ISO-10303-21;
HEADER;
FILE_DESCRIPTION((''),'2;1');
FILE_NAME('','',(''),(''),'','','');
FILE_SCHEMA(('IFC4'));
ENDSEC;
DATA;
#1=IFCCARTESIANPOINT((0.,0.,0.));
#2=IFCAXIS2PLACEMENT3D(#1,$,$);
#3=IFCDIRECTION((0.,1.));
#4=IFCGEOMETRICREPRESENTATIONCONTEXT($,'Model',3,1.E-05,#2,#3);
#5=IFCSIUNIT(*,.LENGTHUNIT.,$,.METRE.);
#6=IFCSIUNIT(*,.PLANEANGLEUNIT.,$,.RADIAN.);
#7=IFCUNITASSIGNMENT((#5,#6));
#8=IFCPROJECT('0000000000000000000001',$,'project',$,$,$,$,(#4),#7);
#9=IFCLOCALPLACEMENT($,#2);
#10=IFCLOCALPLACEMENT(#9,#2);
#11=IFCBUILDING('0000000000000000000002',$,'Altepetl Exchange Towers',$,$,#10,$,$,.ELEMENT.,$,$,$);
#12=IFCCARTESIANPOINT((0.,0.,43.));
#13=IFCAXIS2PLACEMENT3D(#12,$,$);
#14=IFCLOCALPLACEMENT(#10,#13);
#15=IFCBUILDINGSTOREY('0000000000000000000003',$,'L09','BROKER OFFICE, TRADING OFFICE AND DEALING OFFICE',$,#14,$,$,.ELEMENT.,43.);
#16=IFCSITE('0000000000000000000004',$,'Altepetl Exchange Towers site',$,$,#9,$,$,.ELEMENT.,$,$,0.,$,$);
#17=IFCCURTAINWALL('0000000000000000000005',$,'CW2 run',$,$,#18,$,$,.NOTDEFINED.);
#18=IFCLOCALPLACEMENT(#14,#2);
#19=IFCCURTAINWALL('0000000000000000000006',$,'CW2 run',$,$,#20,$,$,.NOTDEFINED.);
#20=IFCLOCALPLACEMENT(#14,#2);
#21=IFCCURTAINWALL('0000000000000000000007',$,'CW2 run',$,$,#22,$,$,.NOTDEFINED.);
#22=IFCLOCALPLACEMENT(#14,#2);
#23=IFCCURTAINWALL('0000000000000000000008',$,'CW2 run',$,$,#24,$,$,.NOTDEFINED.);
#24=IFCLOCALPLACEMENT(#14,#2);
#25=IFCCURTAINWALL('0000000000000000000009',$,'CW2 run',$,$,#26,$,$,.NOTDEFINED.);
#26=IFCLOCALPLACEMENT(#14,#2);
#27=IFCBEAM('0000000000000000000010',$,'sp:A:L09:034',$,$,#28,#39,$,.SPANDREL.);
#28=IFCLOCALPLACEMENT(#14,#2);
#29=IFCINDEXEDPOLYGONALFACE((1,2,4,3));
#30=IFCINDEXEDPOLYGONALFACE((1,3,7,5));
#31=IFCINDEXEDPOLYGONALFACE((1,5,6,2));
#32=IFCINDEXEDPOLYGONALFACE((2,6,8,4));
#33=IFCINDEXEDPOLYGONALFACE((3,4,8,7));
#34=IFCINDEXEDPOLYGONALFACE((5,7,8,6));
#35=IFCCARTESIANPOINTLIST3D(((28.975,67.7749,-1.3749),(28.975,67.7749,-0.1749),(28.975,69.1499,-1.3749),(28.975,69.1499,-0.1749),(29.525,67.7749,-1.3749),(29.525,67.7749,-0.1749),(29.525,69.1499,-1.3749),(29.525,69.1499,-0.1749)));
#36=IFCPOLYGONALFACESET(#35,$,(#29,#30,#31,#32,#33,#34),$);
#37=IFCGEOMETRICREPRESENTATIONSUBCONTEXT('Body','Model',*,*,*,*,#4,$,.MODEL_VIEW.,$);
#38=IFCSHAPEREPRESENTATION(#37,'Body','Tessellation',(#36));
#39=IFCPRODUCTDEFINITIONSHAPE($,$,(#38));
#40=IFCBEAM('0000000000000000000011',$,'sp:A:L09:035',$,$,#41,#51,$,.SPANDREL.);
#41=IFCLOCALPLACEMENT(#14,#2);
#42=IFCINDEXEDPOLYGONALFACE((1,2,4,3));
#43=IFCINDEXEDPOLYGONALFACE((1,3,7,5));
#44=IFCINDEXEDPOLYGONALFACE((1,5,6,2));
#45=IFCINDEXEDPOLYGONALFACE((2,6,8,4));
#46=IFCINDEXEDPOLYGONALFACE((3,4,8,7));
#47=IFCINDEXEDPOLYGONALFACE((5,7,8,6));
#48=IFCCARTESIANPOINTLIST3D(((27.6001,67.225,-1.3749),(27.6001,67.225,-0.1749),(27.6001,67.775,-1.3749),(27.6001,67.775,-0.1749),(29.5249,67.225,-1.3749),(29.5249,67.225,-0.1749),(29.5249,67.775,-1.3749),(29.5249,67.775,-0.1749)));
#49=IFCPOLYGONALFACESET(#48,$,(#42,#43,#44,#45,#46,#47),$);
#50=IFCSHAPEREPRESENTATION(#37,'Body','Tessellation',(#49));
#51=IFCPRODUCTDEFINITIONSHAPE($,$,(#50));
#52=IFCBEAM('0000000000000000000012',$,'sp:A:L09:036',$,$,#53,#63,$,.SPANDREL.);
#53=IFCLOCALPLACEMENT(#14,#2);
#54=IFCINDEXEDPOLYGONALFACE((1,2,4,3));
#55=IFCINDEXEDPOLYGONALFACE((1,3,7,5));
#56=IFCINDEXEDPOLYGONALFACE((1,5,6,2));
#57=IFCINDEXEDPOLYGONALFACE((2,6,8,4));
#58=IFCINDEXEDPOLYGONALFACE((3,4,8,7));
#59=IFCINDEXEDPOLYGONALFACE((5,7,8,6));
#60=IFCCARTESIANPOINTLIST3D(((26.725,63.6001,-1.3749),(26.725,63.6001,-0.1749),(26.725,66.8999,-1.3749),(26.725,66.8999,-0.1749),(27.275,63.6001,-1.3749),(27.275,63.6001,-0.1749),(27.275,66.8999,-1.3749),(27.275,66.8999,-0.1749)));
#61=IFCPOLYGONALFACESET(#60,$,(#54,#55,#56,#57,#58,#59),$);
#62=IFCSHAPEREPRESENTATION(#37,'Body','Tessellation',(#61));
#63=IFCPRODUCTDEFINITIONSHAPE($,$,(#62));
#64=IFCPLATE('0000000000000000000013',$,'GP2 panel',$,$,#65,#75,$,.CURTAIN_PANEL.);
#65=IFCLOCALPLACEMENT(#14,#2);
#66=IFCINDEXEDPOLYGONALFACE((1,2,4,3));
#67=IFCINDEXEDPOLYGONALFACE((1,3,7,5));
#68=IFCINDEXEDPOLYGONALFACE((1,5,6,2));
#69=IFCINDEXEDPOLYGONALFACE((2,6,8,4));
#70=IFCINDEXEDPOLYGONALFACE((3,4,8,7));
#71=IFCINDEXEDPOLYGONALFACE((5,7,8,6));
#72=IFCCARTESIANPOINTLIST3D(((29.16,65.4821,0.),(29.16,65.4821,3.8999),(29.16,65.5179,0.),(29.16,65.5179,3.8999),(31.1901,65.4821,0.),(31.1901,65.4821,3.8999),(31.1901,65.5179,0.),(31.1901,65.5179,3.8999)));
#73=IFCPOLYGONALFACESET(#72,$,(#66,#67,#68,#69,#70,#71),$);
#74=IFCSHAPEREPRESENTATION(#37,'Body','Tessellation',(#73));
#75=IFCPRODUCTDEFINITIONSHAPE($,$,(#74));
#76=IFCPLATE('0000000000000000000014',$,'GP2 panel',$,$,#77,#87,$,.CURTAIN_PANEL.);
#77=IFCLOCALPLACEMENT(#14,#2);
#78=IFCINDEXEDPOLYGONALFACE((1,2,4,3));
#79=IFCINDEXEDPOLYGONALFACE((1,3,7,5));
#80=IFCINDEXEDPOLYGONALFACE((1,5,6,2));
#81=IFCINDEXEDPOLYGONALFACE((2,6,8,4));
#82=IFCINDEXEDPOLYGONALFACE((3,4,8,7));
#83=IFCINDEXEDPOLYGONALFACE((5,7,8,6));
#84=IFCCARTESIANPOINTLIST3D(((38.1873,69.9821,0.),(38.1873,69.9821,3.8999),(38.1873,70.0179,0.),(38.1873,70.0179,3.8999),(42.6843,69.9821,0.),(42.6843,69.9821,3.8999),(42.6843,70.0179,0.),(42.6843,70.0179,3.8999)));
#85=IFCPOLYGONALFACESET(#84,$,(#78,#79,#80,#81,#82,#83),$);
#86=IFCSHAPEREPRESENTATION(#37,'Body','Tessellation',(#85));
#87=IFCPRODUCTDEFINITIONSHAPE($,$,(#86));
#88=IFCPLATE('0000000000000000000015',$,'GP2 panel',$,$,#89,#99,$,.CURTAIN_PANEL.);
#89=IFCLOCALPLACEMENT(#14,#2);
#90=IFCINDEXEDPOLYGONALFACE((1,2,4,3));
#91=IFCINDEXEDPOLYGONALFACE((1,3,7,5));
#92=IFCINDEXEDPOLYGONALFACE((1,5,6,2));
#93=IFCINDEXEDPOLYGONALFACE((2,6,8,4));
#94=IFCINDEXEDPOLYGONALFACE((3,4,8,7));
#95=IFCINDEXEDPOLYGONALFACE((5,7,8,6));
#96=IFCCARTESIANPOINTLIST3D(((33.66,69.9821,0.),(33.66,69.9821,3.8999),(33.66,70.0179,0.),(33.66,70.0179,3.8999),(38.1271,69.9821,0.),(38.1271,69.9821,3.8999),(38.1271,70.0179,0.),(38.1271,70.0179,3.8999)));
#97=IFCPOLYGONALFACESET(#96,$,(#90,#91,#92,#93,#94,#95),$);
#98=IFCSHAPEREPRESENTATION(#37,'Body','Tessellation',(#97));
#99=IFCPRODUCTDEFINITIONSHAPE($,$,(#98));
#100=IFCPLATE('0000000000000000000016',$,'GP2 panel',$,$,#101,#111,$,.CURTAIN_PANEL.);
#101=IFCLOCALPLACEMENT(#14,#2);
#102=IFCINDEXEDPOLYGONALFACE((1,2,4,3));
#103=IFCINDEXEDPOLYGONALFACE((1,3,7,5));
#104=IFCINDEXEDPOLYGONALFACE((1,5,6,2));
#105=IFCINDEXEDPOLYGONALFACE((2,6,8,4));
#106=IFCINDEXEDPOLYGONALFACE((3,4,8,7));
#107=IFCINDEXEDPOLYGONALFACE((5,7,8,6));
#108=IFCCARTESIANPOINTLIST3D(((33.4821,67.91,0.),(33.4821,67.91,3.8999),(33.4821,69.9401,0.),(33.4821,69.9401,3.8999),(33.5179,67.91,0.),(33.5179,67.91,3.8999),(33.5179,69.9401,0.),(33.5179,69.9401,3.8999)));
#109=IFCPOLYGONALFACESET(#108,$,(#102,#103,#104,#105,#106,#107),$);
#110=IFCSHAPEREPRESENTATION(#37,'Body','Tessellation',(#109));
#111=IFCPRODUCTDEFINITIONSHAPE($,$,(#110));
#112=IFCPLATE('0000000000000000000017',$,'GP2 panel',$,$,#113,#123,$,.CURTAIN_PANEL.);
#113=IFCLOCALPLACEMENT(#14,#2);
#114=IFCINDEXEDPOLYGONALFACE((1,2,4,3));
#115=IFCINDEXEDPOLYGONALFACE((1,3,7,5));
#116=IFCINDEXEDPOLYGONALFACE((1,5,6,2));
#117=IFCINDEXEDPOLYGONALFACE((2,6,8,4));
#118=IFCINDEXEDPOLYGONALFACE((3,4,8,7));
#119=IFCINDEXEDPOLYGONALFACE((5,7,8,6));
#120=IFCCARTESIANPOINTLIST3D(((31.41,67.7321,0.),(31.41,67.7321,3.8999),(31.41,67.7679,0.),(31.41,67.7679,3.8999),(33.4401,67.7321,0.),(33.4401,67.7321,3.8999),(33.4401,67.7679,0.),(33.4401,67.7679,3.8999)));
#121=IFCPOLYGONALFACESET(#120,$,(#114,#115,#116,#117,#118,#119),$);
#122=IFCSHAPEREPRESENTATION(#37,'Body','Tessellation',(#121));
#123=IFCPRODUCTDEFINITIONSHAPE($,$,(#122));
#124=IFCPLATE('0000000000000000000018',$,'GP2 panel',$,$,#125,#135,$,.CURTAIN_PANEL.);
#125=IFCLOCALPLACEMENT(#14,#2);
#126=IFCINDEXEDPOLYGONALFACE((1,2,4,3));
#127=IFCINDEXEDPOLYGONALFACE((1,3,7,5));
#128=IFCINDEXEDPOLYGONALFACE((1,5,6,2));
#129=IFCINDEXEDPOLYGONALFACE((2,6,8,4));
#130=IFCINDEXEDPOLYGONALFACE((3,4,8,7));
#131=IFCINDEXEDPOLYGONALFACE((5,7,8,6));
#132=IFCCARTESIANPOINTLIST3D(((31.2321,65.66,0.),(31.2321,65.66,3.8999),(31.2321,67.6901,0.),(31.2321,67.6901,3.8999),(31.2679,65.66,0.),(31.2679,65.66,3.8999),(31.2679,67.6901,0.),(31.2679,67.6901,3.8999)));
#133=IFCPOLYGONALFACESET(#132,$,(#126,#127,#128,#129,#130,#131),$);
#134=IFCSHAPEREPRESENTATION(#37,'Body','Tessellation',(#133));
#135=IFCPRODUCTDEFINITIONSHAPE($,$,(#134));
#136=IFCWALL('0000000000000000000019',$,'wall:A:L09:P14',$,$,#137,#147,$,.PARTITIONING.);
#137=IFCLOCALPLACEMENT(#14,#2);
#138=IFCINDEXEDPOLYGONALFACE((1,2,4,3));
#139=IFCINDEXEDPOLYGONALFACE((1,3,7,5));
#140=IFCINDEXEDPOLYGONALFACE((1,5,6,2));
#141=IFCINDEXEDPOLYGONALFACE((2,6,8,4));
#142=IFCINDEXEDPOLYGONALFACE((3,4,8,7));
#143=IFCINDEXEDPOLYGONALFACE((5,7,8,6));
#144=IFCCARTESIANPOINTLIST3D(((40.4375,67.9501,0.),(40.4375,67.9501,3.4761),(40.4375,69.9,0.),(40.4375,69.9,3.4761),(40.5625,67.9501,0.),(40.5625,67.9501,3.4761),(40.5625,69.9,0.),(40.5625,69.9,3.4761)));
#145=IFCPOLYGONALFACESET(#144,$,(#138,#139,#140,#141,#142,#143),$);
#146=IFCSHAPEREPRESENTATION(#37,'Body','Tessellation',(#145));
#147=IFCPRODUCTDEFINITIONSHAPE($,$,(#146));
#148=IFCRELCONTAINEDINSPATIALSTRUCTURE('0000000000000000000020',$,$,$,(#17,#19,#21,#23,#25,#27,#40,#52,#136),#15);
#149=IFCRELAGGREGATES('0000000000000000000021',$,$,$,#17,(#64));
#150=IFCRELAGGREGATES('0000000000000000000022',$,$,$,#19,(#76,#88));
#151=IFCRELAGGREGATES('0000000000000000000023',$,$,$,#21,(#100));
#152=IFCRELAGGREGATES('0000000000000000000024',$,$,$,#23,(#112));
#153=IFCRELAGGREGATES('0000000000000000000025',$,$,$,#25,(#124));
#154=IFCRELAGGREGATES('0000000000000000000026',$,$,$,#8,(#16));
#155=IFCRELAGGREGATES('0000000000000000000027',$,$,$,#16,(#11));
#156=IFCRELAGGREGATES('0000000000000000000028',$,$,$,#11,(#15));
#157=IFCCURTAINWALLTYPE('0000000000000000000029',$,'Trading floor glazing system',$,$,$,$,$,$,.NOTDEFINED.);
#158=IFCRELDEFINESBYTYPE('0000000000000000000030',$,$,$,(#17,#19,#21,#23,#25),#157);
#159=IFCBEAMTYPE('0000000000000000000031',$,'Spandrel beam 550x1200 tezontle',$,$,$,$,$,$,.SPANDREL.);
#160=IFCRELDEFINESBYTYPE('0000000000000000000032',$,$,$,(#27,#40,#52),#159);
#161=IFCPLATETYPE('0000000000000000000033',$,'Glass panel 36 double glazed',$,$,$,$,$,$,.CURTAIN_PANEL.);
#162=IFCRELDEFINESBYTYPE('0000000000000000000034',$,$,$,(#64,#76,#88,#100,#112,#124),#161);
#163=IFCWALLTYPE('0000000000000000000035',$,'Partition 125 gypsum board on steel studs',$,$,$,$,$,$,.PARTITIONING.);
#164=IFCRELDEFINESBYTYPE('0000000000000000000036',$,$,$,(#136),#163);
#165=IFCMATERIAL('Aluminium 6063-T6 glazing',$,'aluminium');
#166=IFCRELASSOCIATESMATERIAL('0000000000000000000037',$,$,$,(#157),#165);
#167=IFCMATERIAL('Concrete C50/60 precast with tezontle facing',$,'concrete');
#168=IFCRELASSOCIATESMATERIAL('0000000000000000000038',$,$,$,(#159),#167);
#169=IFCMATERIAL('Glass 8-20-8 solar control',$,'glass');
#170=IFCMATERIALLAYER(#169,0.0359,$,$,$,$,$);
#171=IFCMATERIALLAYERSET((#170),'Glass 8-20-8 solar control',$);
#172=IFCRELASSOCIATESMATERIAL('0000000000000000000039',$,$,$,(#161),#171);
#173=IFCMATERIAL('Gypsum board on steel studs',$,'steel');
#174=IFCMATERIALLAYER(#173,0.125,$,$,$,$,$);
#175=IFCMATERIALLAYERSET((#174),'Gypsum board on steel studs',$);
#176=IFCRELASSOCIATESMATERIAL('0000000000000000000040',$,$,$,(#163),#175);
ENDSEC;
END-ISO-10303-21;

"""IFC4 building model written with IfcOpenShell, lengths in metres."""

from ifc_helpers import new_model, si_unit, direction, frame, frame_2d, origin, origin_2d, place, context, subcontext, project, spatial, rectangle, extrude, material, layer, layer_set, material_profile, profile_set, type_object, element, aggregate, save


model = new_model("IFC4")

# Units and contexts
model_context = context("Model", 3, precision=1e-05, world=origin(), true_north=direction((0.0, 1.0)))
body_context = subcontext(model_context, "Body", "Model", "MODEL_VIEW")
ifc_project = project(units=[si_unit("LENGTHUNIT", "METRE"), si_unit("PLANEANGLEUNIT", "RADIAN")], contexts=[model_context])

# Site, building, storey
site_placement = place(None, origin())
site = spatial("IfcSite", under=ifc_project, at=site_placement, Name="Altepetl Exchange Towers site", CompositionType="ELEMENT", RefElevation=0.0)
building_placement = place(site_placement, origin())
building = spatial("IfcBuilding", under=site, at=building_placement, Name="Altepetl Exchange Towers", CompositionType="ELEMENT")
storey_placement = place(building_placement, frame((0.0, 0.0, 43.0)))
storey = spatial("IfcBuildingStorey", under=building, at=storey_placement, Name="L09", Description="BROKER OFFICE, TRADING OFFICE AND DEALING OFFICE", CompositionType="ELEMENT", Elevation=43.0)

# Curtain walls
ifc_material_1 = material(Name="Aluminium 6063-T6 glazing", Category="aluminium")
curtain_wall_type = type_object("IfcCurtainWallType", Name="Trading floor glazing system", PredefinedType="NOTDEFINED", material=ifc_material_1)
curtain_wall_1_placement = place(storey_placement, origin())
curtain_wall_1 = element("IfcCurtainWall", 1, at=curtain_wall_1_placement, inside=storey, type_object=curtain_wall_type, Name="CW2 run", PredefinedType="NOTDEFINED")
curtain_wall_2_placement = place(storey_placement, origin())
curtain_wall_2 = element("IfcCurtainWall", 2, at=curtain_wall_2_placement, inside=storey, type_object=curtain_wall_type, Name="CW2 run", PredefinedType="NOTDEFINED")
curtain_wall_3_placement = place(storey_placement, origin())
curtain_wall_3 = element("IfcCurtainWall", 3, at=curtain_wall_3_placement, inside=storey, type_object=curtain_wall_type, Name="CW2 run", PredefinedType="NOTDEFINED")
curtain_wall_4_placement = place(storey_placement, origin())
curtain_wall_4 = element("IfcCurtainWall", 4, at=curtain_wall_4_placement, inside=storey, type_object=curtain_wall_type, Name="CW2 run", PredefinedType="NOTDEFINED")
curtain_wall_5_placement = place(storey_placement, origin())
curtain_wall_5 = element("IfcCurtainWall", 5, at=curtain_wall_5_placement, inside=storey, type_object=curtain_wall_type, Name="CW2 run", PredefinedType="NOTDEFINED")

# Beams
ifc_material_2 = material(Name="Concrete C50/60 precast with tezontle facing", Category="concrete")
ifc_material_profile_1 = material_profile(ifc_material_2, rectangle(XDim=0.55, YDim=1.2, at=origin_2d()), Name="550 x 1200")
ifc_profile_set_1 = profile_set([ifc_material_profile_1], Name="Concrete C50/60 precast with tezontle facing")
beam_type_1 = type_object("IfcBeamType", Name="Spandrel beam 550x1200 tezontle", PredefinedType="SPANDREL", material=ifc_profile_set_1)
beam_1_placement = place(storey_placement, frame((29.25, 69.1499, -0.7749), z_axis=(0.0, -1.0, 0.0), x_axis=(1.0, 0.0, 0.0)))
element("IfcBeam", 6, at=beam_1_placement, inside=storey, type_object=beam_type_1, Name="sp:A:L09:034", PredefinedType="SPANDREL", context=body_context, shape_type="SweptSolid", body=[
    extrude(rectangle(XDim=0.55, YDim=1.2, at=origin_2d()), origin(), (0.0, 0.0, 1.0), 1.375),
])
beam_2_placement = place(storey_placement, frame((29.5249, 67.5, -0.7749), z_axis=(-1.0, 0.0, 0.0), x_axis=(0.0, -1.0, 0.0)))
element("IfcBeam", 7, at=beam_2_placement, inside=storey, type_object=beam_type_1, Name="sp:A:L09:035", PredefinedType="SPANDREL", context=body_context, shape_type="SweptSolid", body=[
    extrude(rectangle(XDim=0.55, YDim=1.2, at=origin_2d()), origin(), (0.0, 0.0, 1.0), 1.9248),
])
beam_3_placement = place(storey_placement, frame((27.0, 66.8999, -0.7749), z_axis=(0.0, -1.0, 0.0), x_axis=(1.0, 0.0, 0.0)))
element("IfcBeam", 8, at=beam_3_placement, inside=storey, type_object=beam_type_1, Name="sp:A:L09:036", PredefinedType="SPANDREL", context=body_context, shape_type="SweptSolid", body=[
    extrude(rectangle(XDim=0.55, YDim=1.2, at=origin_2d()), origin(), (0.0, 0.0, 1.0), 3.2998),
])

# Plates
ifc_material_3 = material(Name="Glass 8-20-8 solar control", Category="glass")
ifc_layer_1 = layer(ifc_material_3, 0.0359)
ifc_layer_set_1 = layer_set([ifc_layer_1], Name="Glass 8-20-8 solar control")
plate_type = type_object("IfcPlateType", Name="Glass panel 36 double glazed", PredefinedType="CURTAIN_PANEL", material=ifc_layer_set_1)
plate_1_placement = place(storey_placement, frame((30.175, 65.5, 0.0), z_axis=(0.0, 0.0, 1.0), x_axis=(-1.0, 0.0, 0.0)))
plate_1 = element("IfcPlate", 9, at=plate_1_placement, type_object=plate_type, Name="GP2 panel", PredefinedType="CURTAIN_PANEL", context=body_context, shape_type="SweptSolid", body=[
    extrude(rectangle(XDim=2.03, YDim=0.0359, at=origin_2d()), origin(), (0.0, 0.0, 1.0), 3.8999),
])
aggregate(curtain_wall_1, [plate_1])
plate_2_placement = place(storey_placement, frame((40.4358, 70.0, 0.0), z_axis=(0.0, 0.0, 1.0), x_axis=(-1.0, 0.0, 0.0)))
plate_2 = element("IfcPlate", 10, at=plate_2_placement, type_object=plate_type, Name="GP2 panel", PredefinedType="CURTAIN_PANEL", context=body_context, shape_type="SweptSolid", body=[
    extrude(rectangle(XDim=4.4971, YDim=0.0359, at=origin_2d()), origin(), (0.0, 0.0, 1.0), 3.8999),
])
plate_3_placement = place(storey_placement, frame((35.8936, 70.0, 0.0), z_axis=(0.0, 0.0, 1.0), x_axis=(-1.0, 0.0, 0.0)))
plate_3 = element("IfcPlate", 11, at=plate_3_placement, type_object=plate_type, Name="GP2 panel", PredefinedType="CURTAIN_PANEL", context=body_context, shape_type="SweptSolid", body=[
    extrude(rectangle(XDim=4.467, YDim=0.0359, at=origin_2d()), origin(), (0.0, 0.0, 1.0), 3.8999),
])
aggregate(curtain_wall_2, [plate_2, plate_3])
plate_4_placement = place(storey_placement, frame((33.5, 68.925, 0.0), z_axis=(0.0, 0.0, 1.0), x_axis=(0.0, -1.0, 0.0)))
plate_4 = element("IfcPlate", 12, at=plate_4_placement, type_object=plate_type, Name="GP2 panel", PredefinedType="CURTAIN_PANEL", context=body_context, shape_type="SweptSolid", body=[
    extrude(rectangle(XDim=2.03, YDim=0.0359, at=origin_2d()), origin(), (0.0, 0.0, 1.0), 3.8999),
])
aggregate(curtain_wall_3, [plate_4])
plate_5_placement = place(storey_placement, frame((32.425, 67.75, 0.0), z_axis=(0.0, 0.0, 1.0), x_axis=(-1.0, 0.0, 0.0)))
plate_5 = element("IfcPlate", 13, at=plate_5_placement, type_object=plate_type, Name="GP2 panel", PredefinedType="CURTAIN_PANEL", context=body_context, shape_type="SweptSolid", body=[
    extrude(rectangle(XDim=2.03, YDim=0.0359, at=origin_2d()), origin(), (0.0, 0.0, 1.0), 3.8999),
])
aggregate(curtain_wall_4, [plate_5])
plate_6_placement = place(storey_placement, frame((31.25, 66.675, 0.0), z_axis=(0.0, 0.0, 1.0), x_axis=(0.0, -1.0, 0.0)))
plate_6 = element("IfcPlate", 14, at=plate_6_placement, type_object=plate_type, Name="GP2 panel", PredefinedType="CURTAIN_PANEL", context=body_context, shape_type="SweptSolid", body=[
    extrude(rectangle(XDim=2.03, YDim=0.0359, at=origin_2d()), origin(), (0.0, 0.0, 1.0), 3.8999),
])
aggregate(curtain_wall_5, [plate_6])

# Wall
ifc_material_4 = material(Name="Gypsum board on steel studs", Category="steel")
ifc_layer_2 = layer(ifc_material_4, 0.125)
ifc_layer_set_2 = layer_set([ifc_layer_2], Name="Gypsum board on steel studs")
wall_type = type_object("IfcWallType", Name="Partition 125 gypsum board on steel studs", PredefinedType="PARTITIONING", material=ifc_layer_set_2)
wall_placement = place(storey_placement, frame((40.5, 67.95, 0.0), z_axis=(0.0, 0.0, 1.0), x_axis=(0.0, 1.0, 0.0)))
element("IfcWall", 15, at=wall_placement, inside=storey, type_object=wall_type, Name="wall:A:L09:P14", PredefinedType="PARTITIONING", context=body_context, shape_type="SweptSolid", body=[
    extrude(rectangle(XDim=1.95, YDim=0.125, at=frame_2d((0.9751, 0.0))), origin(), (0.0, 0.0, 1.0), 3.4761),
])

save(model, "model.ifc")
